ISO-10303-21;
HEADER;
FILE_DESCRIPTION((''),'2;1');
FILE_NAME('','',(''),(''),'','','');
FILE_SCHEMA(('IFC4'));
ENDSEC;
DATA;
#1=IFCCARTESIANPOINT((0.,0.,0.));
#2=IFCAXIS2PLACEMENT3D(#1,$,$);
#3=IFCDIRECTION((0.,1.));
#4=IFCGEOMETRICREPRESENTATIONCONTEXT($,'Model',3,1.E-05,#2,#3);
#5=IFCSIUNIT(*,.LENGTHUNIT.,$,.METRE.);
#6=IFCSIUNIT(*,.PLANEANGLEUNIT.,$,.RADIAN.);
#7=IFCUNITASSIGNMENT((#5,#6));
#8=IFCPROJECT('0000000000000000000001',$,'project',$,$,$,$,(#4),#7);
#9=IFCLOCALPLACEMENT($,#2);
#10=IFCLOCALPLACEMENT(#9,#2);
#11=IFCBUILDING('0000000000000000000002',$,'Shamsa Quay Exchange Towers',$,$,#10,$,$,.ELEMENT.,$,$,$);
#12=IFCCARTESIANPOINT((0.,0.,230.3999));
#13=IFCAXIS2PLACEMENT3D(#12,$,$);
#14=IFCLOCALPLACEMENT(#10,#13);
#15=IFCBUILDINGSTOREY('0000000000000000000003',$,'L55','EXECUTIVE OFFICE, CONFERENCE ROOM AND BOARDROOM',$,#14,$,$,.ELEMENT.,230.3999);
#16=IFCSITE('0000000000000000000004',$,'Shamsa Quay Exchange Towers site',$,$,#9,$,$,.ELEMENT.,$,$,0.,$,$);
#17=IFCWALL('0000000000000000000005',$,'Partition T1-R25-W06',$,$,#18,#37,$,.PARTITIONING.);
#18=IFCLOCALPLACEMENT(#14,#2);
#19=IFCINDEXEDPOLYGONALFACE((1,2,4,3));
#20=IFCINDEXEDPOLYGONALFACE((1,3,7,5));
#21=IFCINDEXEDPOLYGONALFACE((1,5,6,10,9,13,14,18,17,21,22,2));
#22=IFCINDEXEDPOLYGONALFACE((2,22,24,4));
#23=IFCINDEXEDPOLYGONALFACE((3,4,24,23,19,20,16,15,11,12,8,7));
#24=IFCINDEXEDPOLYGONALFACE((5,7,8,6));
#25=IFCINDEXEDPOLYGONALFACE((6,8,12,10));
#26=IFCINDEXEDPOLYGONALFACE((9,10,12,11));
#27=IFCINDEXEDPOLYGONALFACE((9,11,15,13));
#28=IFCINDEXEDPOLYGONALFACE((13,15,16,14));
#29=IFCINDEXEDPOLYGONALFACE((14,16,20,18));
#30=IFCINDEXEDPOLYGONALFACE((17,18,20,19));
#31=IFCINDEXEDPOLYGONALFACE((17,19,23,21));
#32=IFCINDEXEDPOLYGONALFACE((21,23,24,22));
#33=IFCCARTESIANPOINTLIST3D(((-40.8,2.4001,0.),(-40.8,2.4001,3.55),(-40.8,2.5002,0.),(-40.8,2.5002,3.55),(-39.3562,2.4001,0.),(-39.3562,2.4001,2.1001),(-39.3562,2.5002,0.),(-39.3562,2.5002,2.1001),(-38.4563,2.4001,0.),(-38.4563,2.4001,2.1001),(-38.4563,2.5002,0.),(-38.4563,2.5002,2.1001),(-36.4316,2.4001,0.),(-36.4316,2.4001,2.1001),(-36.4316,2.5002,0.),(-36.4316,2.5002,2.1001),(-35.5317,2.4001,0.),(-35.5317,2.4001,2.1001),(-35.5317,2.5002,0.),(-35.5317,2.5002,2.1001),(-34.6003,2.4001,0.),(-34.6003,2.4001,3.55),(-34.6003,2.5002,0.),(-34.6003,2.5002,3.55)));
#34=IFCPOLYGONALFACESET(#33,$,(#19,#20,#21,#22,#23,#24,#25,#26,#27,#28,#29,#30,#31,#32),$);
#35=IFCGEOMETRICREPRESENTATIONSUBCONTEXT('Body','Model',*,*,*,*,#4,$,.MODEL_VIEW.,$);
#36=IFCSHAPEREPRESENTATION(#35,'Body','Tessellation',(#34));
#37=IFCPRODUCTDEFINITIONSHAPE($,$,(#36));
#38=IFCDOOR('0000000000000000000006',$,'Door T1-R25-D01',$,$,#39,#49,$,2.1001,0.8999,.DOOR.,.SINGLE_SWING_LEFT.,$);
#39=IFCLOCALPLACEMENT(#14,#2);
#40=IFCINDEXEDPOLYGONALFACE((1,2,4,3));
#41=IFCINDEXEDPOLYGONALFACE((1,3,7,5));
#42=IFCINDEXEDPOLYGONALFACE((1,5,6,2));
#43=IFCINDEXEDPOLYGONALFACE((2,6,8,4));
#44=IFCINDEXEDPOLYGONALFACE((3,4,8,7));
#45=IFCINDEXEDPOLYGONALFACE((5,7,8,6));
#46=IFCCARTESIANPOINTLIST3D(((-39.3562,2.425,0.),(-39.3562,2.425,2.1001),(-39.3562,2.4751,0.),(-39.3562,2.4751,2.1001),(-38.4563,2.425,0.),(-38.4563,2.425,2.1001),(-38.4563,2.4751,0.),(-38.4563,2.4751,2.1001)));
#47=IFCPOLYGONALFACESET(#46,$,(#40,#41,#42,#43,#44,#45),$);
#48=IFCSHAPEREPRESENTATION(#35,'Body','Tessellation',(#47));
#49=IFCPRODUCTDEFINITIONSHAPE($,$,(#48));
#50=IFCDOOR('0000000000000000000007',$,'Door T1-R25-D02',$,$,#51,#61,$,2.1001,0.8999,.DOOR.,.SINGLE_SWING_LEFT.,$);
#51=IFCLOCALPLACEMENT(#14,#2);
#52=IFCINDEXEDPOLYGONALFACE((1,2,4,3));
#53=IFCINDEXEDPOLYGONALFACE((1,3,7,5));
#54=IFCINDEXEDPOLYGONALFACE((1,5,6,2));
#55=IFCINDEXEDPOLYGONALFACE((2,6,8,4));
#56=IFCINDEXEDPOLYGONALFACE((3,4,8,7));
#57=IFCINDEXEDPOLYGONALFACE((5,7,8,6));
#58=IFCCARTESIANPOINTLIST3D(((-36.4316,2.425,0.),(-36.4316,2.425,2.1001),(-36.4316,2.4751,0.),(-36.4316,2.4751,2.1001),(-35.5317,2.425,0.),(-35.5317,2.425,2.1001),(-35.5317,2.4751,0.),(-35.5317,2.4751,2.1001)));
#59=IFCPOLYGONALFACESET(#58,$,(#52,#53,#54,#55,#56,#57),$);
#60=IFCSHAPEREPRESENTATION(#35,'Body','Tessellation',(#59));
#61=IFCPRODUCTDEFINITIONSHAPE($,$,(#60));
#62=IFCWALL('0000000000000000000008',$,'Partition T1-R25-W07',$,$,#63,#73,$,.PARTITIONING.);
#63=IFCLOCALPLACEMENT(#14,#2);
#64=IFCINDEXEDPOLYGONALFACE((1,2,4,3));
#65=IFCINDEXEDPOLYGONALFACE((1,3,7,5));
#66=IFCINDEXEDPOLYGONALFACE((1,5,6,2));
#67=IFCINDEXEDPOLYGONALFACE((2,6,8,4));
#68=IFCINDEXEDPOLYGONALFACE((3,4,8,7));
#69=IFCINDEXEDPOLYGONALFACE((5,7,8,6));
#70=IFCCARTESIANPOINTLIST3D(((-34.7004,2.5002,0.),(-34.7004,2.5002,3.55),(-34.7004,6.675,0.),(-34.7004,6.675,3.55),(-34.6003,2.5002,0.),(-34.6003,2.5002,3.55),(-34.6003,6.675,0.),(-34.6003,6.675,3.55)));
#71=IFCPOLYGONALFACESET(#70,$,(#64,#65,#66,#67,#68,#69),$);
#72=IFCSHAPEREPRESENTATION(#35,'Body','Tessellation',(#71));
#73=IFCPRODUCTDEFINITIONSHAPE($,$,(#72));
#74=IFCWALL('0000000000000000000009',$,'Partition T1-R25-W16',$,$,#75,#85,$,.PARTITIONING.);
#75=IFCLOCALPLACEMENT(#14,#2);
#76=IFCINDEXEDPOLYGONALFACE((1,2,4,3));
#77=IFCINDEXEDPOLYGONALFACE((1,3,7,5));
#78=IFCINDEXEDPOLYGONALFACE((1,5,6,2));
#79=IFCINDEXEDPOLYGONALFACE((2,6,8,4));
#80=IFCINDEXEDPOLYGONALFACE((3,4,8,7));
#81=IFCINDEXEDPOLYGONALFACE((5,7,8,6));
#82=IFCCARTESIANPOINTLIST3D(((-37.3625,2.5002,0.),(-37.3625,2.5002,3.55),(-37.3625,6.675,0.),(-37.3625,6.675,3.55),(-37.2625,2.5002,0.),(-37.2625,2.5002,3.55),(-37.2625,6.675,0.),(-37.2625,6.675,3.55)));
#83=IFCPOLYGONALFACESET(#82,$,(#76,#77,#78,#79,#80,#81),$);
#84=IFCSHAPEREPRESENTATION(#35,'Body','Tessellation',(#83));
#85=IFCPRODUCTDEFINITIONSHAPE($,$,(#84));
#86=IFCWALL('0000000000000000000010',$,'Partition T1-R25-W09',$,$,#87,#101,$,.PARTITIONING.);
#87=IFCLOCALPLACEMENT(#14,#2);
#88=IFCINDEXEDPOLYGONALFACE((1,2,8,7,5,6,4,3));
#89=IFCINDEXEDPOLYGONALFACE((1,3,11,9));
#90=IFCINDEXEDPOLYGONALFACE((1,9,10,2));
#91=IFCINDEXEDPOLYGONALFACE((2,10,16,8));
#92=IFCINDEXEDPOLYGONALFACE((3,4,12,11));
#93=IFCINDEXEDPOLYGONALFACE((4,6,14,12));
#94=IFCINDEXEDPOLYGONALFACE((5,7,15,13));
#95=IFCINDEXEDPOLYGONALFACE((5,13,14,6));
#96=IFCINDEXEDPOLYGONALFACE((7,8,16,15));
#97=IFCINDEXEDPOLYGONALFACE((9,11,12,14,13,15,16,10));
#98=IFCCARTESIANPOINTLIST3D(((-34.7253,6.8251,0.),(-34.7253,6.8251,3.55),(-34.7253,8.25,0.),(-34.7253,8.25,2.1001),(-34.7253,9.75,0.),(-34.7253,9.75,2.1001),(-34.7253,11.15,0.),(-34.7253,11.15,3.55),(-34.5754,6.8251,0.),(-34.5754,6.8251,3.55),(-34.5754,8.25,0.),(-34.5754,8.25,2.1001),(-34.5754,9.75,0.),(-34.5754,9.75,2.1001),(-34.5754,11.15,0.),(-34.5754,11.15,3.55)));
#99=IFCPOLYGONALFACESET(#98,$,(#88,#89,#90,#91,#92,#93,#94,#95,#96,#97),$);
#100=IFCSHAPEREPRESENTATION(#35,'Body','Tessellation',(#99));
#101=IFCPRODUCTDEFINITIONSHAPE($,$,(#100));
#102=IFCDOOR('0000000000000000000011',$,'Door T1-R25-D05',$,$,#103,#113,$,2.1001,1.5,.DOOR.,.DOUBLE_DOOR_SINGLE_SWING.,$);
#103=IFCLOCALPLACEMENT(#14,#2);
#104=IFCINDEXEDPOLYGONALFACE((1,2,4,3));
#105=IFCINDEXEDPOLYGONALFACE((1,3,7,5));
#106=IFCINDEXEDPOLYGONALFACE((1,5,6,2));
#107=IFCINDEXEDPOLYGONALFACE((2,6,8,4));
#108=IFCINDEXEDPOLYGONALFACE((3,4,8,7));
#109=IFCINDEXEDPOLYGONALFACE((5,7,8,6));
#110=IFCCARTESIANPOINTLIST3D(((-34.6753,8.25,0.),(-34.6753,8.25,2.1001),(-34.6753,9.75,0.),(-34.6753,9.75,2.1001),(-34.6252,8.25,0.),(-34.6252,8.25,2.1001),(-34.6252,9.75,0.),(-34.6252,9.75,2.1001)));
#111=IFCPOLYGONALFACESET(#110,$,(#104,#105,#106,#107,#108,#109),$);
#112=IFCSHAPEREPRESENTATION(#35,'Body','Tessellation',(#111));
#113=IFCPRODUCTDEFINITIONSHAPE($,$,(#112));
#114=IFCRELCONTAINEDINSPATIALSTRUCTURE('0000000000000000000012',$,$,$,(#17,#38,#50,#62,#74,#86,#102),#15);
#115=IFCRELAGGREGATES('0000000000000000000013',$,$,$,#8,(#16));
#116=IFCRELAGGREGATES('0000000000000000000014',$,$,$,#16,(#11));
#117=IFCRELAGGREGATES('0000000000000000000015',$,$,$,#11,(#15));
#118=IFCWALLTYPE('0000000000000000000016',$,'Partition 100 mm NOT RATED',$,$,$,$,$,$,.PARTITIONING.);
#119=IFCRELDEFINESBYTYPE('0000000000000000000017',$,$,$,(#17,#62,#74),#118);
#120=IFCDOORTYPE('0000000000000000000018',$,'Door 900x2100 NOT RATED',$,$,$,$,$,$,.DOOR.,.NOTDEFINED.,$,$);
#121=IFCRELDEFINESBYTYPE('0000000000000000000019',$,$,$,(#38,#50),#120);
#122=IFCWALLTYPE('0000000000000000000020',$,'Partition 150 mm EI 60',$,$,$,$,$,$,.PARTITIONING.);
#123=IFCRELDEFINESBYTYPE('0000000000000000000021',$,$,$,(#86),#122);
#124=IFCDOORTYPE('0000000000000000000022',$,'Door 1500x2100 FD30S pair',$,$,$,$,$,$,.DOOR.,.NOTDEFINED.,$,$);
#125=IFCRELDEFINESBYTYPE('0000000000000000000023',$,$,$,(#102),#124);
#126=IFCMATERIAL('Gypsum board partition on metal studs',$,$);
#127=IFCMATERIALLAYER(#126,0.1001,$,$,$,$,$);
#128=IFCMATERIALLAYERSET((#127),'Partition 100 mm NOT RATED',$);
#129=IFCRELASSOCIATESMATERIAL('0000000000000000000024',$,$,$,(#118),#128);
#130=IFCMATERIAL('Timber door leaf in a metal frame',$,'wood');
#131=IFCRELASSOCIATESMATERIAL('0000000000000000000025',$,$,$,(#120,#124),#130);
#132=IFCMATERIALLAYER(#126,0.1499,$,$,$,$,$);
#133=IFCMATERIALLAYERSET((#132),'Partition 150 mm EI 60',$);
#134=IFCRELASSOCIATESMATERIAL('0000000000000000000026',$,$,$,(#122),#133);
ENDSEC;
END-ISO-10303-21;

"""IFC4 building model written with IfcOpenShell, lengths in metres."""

from ifc_helpers import new_model, si_unit, direction, frame, frame_2d, origin, place, context, subcontext, project, spatial, rectangle, extrude, material, layer, layer_set, type_object, element, fill, save


model = new_model("IFC4")

# Units and contexts
model_context = context("Model", 3, precision=1e-05, world=origin(), true_north=direction((0.0, 1.0)))
body_context = subcontext(model_context, "Body", "Model", "MODEL_VIEW")
ifc_project = project(units=[si_unit("LENGTHUNIT", "METRE"), si_unit("PLANEANGLEUNIT", "RADIAN")], contexts=[model_context])

# Site, building, storey
site_placement = place(None, origin())
site = spatial("IfcSite", under=ifc_project, at=site_placement, Name="Shamsa Quay Exchange Towers site", CompositionType="ELEMENT", RefElevation=0.0)
building_placement = place(site_placement, origin())
building = spatial("IfcBuilding", under=site, at=building_placement, Name="Shamsa Quay Exchange Towers", CompositionType="ELEMENT")
storey_placement = place(building_placement, frame((0.0, 0.0, 230.3999)))
storey = spatial("IfcBuildingStorey", under=building, at=storey_placement, Name="L55", Description="EXECUTIVE OFFICE, CONFERENCE ROOM AND BOARDROOM", CompositionType="ELEMENT", Elevation=230.3999)

# Shared definitions
ifc_material_1 = material(Name="Timber door leaf in a metal frame", Category="wood")

# Wall, openings, doors
ifc_material_2 = material(Name="Gypsum board partition on metal studs")
ifc_layer_1 = layer(ifc_material_2, 0.1001)
ifc_layer_set_1 = layer_set([ifc_layer_1], Name="Partition 100 mm NOT RATED")
wall_type_1 = type_object("IfcWallType", Name="Partition 100 mm NOT RATED", PredefinedType="PARTITIONING", material=ifc_layer_set_1)
wall_1_placement = place(storey_placement, frame((-40.8, 2.4502, 0.0)))
wall_1 = element("IfcWall", 1, at=wall_1_placement, inside=storey, type_object=wall_type_1, Name="Partition T1-R25-W06", PredefinedType="PARTITIONING", context=body_context, shape_type="SweptSolid", body=[
    extrude(rectangle(XDim=6.1997, YDim=0.1001, at=frame_2d((3.0999, 0.0))), origin(), (0.0, 0.0, 1.0), 3.55),
])
opening_1_placement = place(wall_1_placement, frame((1.4438, 0.0, 0.0)))
opening_1 = element("IfcOpeningElement", 2, at=opening_1_placement, cuts=wall_1, PredefinedType="OPENING", context=body_context, shape_type="SweptSolid", body=[
    extrude(rectangle(XDim=0.8999, YDim=2.1001, at=frame_2d((0.45, 1.05))), frame((0.0, 0.0601, 0.0), z_axis=(0.0, -1.0, 0.0), x_axis=(1.0, 0.0, 0.0)), (0.0, 0.0, 1.0), 0.1201),
])
opening_2_placement = place(wall_1_placement, frame((4.3684, 0.0, 0.0)))
opening_2 = element("IfcOpeningElement", 3, at=opening_2_placement, cuts=wall_1, PredefinedType="OPENING", context=body_context, shape_type="SweptSolid", body=[
    extrude(rectangle(XDim=0.8999, YDim=2.1001, at=frame_2d((0.45, 1.05))), frame((0.0, 0.0601, 0.0), z_axis=(0.0, -1.0, 0.0), x_axis=(1.0, 0.0, 0.0)), (0.0, 0.0, 1.0), 0.1201),
])
door_type_1 = type_object("IfcDoorType", Name="Door 900x2100 NOT RATED", OperationType="NOTDEFINED", PredefinedType="DOOR", material=ifc_material_1)
door_1_placement = place(opening_1_placement, origin())
door_1 = element("IfcDoor", 4, at=door_1_placement, inside=storey, type_object=door_type_1, Name="Door T1-R25-D01", OperationType="SINGLE_SWING_LEFT", OverallHeight=2.1001, OverallWidth=0.8999, PredefinedType="DOOR", context=body_context, shape_type="SweptSolid", body=[
    extrude(rectangle(XDim=0.8999, YDim=2.1001, at=frame_2d((0.45, 1.05))), frame((0.0, 0.0249, 0.0), z_axis=(0.0, -1.0, 0.0), x_axis=(1.0, 0.0, 0.0)), (0.0, 0.0, 1.0), 0.05),
])
fill(opening_1, door_1)
door_2_placement = place(opening_2_placement, origin())
door_2 = element("IfcDoor", 5, at=door_2_placement, inside=storey, type_object=door_type_1, Name="Door T1-R25-D02", OperationType="SINGLE_SWING_LEFT", OverallHeight=2.1001, OverallWidth=0.8999, PredefinedType="DOOR", context=body_context, shape_type="SweptSolid", body=[
    extrude(rectangle(XDim=0.8999, YDim=2.1001, at=frame_2d((0.45, 1.05))), frame((0.0, 0.0249, 0.0), z_axis=(0.0, -1.0, 0.0), x_axis=(1.0, 0.0, 0.0)), (0.0, 0.0, 1.0), 0.05),
])
fill(opening_2, door_2)

# Walls
for number, where, z_axis, x_axis, name in (
    (6, (-34.6504, 2.5002, 0.0), (0.0, 0.0, 1.0), (0.0, 1.0, 0.0), "Partition T1-R25-W07"),
    (7, (-37.3125, 2.5002, 0.0), (0.0, 0.0, 1.0), (0.0, 1.0, 0.0), "Partition T1-R25-W16"),
):
    element("IfcWall", number, at=place(storey_placement, frame(where, z_axis=z_axis, x_axis=x_axis)), inside=storey, type_object=wall_type_1, Name=name, PredefinedType="PARTITIONING", context=body_context, shape_type="SweptSolid", body=[
        extrude(rectangle(XDim=4.1748, YDim=0.1001, at=frame_2d((2.0874, 0.0))), origin(), (0.0, 0.0, 1.0), 3.55),
    ])

# Wall, opening, door
ifc_layer_2 = layer(ifc_material_2, 0.1499)
ifc_layer_set_2 = layer_set([ifc_layer_2], Name="Partition 150 mm EI 60")
wall_type_2 = type_object("IfcWallType", Name="Partition 150 mm EI 60", PredefinedType="PARTITIONING", material=ifc_layer_set_2)
wall_2_placement = place(storey_placement, frame((-34.6504, 6.825, 0.0), z_axis=(0.0, 0.0, 1.0), x_axis=(0.0, 1.0, 0.0)))
wall_2 = element("IfcWall", 8, at=wall_2_placement, inside=storey, type_object=wall_type_2, Name="Partition T1-R25-W09", PredefinedType="PARTITIONING", context=body_context, shape_type="SweptSolid", body=[
    extrude(rectangle(XDim=4.325, YDim=0.1499, at=frame_2d((2.1626, 0.0))), origin(), (0.0, 0.0, 1.0), 3.55),
])
opening_3_placement = place(wall_2_placement, frame((1.425, 0.0, 0.0)))
opening_3 = element("IfcOpeningElement", 9, at=opening_3_placement, cuts=wall_2, PredefinedType="OPENING", context=body_context, shape_type="SweptSolid", body=[
    extrude(rectangle(XDim=1.5, YDim=2.1001, at=frame_2d((0.75, 1.05))), frame((0.0, 0.085, 0.0), z_axis=(0.0, -1.0, 0.0), x_axis=(1.0, 0.0, 0.0)), (0.0, 0.0, 1.0), 0.1699),
])
door_type_2 = type_object("IfcDoorType", Name="Door 1500x2100 FD30S pair", OperationType="NOTDEFINED", PredefinedType="DOOR", material=ifc_material_1)
door_3_placement = place(opening_3_placement, origin())
door_3 = element("IfcDoor", 10, at=door_3_placement, inside=storey, type_object=door_type_2, Name="Door T1-R25-D05", OperationType="DOUBLE_DOOR_SINGLE_SWING", OverallHeight=2.1001, OverallWidth=1.5, PredefinedType="DOOR", context=body_context, shape_type="SweptSolid", body=[
    extrude(rectangle(XDim=1.5, YDim=2.1001, at=frame_2d((0.75, 1.05))), frame((0.0, 0.0249, 0.0), z_axis=(0.0, -1.0, 0.0), x_axis=(1.0, 0.0, 0.0)), (0.0, 0.0, 1.0), 0.05),
])
fill(opening_3, door_3)

save(model, "model.ifc")
